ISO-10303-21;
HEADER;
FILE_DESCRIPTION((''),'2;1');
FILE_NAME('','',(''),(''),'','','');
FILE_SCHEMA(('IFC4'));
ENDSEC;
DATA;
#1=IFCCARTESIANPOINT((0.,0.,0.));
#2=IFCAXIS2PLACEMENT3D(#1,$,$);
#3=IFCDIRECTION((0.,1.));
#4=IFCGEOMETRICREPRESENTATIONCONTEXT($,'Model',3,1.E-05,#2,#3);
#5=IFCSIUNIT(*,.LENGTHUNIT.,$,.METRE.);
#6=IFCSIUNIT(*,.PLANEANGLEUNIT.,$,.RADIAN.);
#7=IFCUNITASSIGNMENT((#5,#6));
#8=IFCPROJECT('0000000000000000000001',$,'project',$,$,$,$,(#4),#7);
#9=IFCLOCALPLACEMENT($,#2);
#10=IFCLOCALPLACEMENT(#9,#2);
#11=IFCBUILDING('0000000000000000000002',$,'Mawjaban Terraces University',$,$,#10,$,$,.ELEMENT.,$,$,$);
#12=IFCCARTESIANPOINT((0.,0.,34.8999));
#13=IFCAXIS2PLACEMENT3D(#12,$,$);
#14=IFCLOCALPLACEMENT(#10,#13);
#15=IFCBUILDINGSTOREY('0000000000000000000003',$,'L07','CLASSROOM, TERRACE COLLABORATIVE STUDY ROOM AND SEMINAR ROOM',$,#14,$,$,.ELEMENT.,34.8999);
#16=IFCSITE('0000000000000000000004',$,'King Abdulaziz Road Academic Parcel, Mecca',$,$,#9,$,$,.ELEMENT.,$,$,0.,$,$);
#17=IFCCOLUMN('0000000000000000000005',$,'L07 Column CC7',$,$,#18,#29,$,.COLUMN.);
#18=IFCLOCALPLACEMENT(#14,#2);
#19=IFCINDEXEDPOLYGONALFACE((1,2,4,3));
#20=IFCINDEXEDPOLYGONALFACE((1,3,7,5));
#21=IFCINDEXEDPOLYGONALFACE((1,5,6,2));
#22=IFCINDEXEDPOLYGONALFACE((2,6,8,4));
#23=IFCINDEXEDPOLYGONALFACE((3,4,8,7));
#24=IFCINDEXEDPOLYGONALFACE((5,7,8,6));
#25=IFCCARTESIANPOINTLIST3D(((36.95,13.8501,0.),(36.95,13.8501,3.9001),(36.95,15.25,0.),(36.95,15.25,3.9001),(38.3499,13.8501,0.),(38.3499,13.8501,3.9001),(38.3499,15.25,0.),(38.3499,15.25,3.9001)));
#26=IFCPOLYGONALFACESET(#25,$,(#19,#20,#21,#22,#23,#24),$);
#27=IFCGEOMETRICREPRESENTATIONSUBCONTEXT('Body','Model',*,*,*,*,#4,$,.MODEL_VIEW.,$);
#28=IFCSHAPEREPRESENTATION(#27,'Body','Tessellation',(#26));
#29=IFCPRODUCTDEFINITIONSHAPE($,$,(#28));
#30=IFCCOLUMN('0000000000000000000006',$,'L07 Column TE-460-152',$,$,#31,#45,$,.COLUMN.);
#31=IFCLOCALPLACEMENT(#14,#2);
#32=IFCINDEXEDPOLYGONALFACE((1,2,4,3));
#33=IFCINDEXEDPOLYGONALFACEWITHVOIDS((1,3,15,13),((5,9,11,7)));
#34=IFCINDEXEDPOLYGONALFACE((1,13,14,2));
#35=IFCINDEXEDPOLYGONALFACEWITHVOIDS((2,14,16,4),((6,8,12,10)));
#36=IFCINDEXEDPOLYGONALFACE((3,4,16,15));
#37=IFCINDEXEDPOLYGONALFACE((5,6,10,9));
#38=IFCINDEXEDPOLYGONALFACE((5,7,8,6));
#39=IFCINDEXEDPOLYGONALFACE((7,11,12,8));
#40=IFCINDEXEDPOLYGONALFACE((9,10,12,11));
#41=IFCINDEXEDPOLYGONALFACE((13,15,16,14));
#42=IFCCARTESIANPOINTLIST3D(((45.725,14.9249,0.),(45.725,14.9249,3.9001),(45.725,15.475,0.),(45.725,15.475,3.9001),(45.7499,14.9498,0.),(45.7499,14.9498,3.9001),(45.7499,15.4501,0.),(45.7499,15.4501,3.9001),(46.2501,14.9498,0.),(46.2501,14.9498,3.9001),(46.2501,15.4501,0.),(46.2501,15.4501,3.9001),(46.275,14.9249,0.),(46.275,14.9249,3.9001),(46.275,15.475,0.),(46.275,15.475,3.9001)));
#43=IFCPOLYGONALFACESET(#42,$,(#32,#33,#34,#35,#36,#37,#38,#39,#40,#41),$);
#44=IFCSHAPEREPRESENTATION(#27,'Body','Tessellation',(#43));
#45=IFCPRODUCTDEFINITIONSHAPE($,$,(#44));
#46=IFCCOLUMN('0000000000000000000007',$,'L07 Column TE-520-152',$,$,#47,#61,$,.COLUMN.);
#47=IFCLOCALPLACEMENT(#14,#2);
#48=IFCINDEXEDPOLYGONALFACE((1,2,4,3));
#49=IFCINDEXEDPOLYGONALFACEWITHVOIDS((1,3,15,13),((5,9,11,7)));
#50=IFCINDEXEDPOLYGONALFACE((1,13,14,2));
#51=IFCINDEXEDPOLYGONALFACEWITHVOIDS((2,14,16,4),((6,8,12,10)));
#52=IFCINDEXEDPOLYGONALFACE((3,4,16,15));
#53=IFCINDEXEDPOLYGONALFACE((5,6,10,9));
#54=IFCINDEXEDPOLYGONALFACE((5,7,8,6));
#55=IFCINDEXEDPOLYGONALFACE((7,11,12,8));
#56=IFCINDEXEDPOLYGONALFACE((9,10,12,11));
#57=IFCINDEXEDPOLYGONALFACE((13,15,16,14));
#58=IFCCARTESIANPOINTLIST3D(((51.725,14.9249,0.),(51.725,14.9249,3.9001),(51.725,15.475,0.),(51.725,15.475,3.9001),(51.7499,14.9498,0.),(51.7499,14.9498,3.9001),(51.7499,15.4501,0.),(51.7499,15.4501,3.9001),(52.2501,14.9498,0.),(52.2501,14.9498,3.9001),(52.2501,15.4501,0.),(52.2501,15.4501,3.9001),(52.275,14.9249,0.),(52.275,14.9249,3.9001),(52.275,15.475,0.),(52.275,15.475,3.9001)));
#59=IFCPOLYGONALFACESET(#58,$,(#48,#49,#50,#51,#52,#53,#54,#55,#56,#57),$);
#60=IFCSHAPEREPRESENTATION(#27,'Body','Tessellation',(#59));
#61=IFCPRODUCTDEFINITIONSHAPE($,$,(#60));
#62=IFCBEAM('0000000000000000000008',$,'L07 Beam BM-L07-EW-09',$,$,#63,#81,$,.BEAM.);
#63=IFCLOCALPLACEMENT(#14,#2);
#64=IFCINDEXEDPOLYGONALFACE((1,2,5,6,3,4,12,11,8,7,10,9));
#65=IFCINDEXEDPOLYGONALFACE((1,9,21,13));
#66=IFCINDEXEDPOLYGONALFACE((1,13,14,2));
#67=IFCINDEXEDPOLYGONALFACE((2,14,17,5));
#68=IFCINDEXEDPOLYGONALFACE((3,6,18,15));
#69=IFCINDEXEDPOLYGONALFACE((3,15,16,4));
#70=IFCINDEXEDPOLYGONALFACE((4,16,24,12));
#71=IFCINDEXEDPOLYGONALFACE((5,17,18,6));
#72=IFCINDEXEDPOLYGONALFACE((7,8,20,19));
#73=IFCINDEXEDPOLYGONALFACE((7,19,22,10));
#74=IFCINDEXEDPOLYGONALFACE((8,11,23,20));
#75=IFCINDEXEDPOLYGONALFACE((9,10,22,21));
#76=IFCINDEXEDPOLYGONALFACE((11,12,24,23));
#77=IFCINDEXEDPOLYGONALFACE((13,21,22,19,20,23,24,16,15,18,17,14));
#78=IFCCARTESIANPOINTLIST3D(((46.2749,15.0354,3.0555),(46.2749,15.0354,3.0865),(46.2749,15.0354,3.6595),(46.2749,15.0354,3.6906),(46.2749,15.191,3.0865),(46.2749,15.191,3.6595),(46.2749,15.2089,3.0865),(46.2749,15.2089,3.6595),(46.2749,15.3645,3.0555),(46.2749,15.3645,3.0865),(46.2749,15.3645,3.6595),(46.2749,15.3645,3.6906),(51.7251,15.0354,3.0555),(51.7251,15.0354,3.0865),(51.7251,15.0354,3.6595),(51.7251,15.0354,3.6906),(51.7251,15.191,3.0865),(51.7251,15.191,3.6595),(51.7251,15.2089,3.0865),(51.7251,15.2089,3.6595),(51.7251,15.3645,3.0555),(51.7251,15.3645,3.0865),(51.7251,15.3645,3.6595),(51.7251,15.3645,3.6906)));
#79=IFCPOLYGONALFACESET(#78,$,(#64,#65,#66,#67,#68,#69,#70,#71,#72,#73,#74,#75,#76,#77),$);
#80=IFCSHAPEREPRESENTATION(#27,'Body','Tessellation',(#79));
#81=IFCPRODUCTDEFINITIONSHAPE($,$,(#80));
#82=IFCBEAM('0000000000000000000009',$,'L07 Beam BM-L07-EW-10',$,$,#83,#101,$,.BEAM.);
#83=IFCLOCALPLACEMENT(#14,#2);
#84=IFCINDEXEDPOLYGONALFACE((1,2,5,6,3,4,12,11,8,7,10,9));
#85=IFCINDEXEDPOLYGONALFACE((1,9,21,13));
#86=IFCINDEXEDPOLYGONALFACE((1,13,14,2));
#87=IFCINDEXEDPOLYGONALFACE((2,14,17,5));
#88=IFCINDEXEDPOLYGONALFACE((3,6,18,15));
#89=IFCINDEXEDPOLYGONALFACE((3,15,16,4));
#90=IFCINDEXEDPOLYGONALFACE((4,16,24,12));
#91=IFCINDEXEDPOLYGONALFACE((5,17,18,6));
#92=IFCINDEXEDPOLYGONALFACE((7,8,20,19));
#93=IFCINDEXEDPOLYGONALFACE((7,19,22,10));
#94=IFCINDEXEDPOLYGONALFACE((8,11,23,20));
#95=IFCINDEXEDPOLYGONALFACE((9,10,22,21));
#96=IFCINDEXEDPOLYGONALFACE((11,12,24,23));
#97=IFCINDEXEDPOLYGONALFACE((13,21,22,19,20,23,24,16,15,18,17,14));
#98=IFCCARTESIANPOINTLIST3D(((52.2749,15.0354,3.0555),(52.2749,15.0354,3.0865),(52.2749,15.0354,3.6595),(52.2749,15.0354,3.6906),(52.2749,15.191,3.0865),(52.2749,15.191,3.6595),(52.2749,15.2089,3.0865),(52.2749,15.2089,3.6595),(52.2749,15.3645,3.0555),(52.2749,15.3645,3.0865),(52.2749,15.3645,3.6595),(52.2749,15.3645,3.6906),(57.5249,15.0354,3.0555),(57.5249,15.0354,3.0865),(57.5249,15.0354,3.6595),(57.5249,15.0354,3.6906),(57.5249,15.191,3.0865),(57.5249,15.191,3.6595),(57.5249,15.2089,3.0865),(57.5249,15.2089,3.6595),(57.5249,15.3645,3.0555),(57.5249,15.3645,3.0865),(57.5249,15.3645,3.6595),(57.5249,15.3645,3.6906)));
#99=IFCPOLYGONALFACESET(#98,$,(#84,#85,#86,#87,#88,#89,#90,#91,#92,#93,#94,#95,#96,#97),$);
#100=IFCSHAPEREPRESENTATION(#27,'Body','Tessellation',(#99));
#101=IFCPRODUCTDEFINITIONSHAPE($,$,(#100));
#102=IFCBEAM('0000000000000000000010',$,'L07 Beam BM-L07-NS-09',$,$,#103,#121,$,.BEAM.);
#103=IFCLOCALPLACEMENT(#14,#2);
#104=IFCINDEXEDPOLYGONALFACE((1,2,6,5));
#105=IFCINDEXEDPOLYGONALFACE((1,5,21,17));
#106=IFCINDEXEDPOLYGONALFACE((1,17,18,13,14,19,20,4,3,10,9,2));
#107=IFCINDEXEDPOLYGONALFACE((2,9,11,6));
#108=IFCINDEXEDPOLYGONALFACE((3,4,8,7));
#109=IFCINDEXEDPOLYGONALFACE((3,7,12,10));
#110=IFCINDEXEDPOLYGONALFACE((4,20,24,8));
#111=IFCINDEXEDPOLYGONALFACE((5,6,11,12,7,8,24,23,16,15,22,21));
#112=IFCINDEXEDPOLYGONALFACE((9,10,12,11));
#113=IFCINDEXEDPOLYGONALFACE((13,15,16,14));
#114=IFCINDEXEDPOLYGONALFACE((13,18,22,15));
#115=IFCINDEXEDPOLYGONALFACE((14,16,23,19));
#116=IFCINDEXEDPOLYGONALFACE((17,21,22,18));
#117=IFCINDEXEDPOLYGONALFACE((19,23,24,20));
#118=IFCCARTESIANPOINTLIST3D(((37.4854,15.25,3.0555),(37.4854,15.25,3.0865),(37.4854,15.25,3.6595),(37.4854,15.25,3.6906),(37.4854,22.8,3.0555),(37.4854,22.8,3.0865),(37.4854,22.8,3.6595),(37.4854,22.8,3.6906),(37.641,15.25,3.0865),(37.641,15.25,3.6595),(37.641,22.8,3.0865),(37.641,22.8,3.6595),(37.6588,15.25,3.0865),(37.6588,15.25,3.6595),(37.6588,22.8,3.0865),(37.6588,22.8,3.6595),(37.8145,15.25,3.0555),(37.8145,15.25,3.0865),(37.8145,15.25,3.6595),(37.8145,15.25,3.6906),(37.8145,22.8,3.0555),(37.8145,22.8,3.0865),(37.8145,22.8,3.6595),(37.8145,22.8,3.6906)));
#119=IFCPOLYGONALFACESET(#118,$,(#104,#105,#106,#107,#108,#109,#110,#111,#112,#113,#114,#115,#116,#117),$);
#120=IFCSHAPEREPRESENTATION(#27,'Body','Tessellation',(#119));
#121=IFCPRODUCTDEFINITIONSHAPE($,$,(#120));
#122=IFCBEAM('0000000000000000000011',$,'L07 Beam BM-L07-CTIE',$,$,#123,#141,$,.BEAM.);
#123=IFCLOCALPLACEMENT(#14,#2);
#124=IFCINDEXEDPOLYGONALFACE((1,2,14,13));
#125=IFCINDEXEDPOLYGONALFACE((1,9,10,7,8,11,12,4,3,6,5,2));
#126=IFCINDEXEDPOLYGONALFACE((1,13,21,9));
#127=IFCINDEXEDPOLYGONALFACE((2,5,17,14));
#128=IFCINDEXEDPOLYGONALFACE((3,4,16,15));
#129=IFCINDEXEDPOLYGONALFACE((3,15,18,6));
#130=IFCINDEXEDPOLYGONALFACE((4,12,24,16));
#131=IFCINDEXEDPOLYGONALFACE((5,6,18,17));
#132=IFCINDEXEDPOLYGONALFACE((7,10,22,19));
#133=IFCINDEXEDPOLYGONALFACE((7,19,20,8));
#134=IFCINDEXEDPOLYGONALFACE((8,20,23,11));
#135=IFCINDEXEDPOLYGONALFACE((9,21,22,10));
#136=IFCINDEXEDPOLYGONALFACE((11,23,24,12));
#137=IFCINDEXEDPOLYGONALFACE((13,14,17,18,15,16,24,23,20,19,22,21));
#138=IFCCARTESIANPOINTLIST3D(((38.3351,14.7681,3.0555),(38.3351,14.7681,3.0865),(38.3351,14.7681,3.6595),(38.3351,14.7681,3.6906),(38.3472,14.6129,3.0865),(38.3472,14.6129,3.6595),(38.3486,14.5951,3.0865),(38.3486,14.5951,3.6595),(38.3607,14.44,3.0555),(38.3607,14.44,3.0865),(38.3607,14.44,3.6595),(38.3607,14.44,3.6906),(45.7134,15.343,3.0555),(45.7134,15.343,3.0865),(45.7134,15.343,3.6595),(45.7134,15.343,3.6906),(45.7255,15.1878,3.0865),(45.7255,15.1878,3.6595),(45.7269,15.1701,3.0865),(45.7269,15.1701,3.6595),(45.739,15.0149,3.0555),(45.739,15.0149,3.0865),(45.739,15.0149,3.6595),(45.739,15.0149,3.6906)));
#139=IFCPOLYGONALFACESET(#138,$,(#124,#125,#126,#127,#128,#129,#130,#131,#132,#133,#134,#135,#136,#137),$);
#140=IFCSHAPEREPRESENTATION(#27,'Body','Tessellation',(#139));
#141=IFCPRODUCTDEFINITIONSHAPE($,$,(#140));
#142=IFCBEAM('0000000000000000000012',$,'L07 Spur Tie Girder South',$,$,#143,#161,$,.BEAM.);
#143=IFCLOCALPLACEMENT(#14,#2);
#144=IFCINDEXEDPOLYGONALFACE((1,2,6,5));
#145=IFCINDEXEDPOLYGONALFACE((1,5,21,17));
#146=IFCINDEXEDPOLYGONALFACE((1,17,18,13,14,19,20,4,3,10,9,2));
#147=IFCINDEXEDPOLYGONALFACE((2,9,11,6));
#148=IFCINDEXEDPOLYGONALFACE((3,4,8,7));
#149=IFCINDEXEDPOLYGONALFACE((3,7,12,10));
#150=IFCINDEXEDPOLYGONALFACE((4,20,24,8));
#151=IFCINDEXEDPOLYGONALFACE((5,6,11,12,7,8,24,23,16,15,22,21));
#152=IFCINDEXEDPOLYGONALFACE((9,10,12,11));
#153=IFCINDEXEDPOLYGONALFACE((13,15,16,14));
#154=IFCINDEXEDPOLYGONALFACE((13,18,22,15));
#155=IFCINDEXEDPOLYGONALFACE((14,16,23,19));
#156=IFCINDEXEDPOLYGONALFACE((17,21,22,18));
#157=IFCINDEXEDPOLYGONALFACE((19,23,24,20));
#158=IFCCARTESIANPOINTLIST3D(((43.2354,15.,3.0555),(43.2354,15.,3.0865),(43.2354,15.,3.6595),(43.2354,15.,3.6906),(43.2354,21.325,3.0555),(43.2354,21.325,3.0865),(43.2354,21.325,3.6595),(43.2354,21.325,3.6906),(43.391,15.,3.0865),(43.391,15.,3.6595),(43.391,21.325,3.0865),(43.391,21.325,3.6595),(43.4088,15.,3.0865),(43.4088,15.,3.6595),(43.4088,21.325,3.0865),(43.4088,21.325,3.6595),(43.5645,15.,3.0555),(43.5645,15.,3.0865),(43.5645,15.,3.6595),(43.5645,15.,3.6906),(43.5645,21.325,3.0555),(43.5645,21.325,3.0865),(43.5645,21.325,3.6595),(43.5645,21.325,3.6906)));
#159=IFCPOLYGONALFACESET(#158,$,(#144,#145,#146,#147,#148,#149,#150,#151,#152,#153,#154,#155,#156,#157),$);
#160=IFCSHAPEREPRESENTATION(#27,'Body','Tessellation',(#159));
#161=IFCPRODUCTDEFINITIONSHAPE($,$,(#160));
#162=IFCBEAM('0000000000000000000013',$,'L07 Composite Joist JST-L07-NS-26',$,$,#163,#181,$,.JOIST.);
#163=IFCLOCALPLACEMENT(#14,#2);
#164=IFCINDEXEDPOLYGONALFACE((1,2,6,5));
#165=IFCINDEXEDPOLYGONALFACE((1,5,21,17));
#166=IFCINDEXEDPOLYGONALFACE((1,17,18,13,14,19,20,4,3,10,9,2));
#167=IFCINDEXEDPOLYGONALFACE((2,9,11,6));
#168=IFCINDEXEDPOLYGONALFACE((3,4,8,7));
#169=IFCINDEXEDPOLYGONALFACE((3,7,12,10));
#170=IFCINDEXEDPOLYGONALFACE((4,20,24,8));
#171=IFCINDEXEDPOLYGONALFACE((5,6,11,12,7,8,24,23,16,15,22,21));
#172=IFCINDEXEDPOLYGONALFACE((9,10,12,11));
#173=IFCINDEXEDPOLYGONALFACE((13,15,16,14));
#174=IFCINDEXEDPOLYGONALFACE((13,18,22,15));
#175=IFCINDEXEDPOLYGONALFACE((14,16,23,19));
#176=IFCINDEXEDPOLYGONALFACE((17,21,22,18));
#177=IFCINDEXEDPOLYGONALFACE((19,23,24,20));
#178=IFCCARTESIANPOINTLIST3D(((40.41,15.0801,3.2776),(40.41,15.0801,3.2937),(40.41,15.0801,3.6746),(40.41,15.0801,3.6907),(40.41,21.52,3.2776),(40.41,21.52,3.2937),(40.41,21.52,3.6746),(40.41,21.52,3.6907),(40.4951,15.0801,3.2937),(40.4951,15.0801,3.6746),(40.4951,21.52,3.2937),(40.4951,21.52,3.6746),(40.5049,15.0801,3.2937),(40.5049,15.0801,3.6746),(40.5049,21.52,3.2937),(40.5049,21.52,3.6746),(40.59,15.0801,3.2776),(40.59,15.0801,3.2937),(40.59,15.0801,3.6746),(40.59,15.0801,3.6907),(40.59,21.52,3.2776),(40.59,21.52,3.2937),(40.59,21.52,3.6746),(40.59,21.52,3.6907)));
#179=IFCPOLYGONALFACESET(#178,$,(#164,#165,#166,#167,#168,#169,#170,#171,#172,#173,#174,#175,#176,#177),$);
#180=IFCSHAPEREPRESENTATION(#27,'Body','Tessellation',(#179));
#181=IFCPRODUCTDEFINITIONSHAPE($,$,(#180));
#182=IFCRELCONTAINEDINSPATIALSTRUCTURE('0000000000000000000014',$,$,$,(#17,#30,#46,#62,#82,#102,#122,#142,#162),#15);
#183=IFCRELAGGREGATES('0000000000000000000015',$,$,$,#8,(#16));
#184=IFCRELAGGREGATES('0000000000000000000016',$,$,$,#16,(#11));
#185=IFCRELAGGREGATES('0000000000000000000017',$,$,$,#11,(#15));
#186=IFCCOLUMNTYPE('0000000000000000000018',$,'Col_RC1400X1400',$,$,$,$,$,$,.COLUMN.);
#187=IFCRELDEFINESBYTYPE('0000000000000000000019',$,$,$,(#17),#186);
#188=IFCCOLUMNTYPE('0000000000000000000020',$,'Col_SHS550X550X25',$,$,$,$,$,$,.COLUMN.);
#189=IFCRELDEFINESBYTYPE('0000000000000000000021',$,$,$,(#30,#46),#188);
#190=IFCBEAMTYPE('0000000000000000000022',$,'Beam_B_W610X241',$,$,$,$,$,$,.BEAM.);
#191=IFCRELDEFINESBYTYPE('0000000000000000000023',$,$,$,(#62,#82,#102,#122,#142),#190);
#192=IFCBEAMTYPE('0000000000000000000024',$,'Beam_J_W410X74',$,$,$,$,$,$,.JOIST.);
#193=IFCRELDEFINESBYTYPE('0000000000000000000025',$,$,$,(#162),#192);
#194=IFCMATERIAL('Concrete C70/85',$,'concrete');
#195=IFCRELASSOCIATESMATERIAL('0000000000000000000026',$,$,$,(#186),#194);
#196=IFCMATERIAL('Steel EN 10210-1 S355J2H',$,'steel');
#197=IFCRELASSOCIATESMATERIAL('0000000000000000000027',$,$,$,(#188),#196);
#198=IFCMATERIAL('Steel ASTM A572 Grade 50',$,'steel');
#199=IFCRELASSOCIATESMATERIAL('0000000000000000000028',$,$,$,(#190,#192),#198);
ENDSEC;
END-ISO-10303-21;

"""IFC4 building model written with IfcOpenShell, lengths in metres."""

from ifc_helpers import new_model, si_unit, direction, frame, origin, origin_2d, place, context, subcontext, project, spatial, rectangle, hollow_rectangle, i_section, extrude, material, material_profile, profile_set, type_object, element, save


model = new_model("IFC4")

# Units and contexts
model_context = context("Model", 3, precision=1e-05, world=origin(), true_north=direction((0.0, 1.0)))
body_context = subcontext(model_context, "Body", "Model", "MODEL_VIEW")
ifc_project = project(units=[si_unit("LENGTHUNIT", "METRE"), si_unit("PLANEANGLEUNIT", "RADIAN")], contexts=[model_context])

# Site, building, storey
site_placement = place(None, origin())
site = spatial("IfcSite", under=ifc_project, at=site_placement, Name="King Abdulaziz Road Academic Parcel, Mecca", CompositionType="ELEMENT", RefElevation=0.0)
building_placement = place(site_placement, origin())
building = spatial("IfcBuilding", under=site, at=building_placement, Name="Mawjaban Terraces University", CompositionType="ELEMENT")
storey_placement = place(building_placement, frame((0.0, 0.0, 34.8999)))
storey = spatial("IfcBuildingStorey", under=building, at=storey_placement, Name="L07", Description="CLASSROOM, TERRACE COLLABORATIVE STUDY ROOM AND SEMINAR ROOM", CompositionType="ELEMENT", Elevation=34.8999)

# Columns
ifc_material_1 = material(Name="Concrete C70/85", Category="concrete")
ifc_material_profile_1 = material_profile(ifc_material_1, rectangle(XDim=1.3999, YDim=1.3999, at=origin_2d()), Name="RC1400X1400")
ifc_profile_set_1 = profile_set([ifc_material_profile_1], Name="Concrete C70/85")
column_type_1 = type_object("IfcColumnType", Name="Col_RC1400X1400", PredefinedType="COLUMN", material=ifc_profile_set_1)
column_placement = place(storey_placement, frame((37.6499, 14.55, 0.0), z_axis=(0.0, 0.0, 1.0), x_axis=(1.0, 0.0, 0.0)))
element("IfcColumn", 1, at=column_placement, inside=storey, type_object=column_type_1, Name="L07 Column CC7", PredefinedType="COLUMN", context=body_context, shape_type="SweptSolid", body=[
    extrude(rectangle(XDim=1.3999, YDim=1.3999, at=origin_2d()), origin(), (0.0, 0.0, 1.0), 3.9001),
])
ifc_material_2 = material(Name="Steel EN 10210-1 S355J2H", Category="steel")
ifc_material_profile_2 = material_profile(ifc_material_2, hollow_rectangle(XDim=0.55, YDim=0.55, WallThickness=0.0249, at=origin_2d()), Name="SHS550X550X25")
ifc_profile_set_2 = profile_set([ifc_material_profile_2], Name="Steel EN 10210-1 S355J2H")
column_type_2 = type_object("IfcColumnType", Name="Col_SHS550X550X25", PredefinedType="COLUMN", material=ifc_profile_set_2)
for number, where, z_axis, x_axis, name in (
    (2, (46.0, 15.2, 0.0), (0.0, 0.0, 1.0), (1.0, 0.0, 0.0), "L07 Column TE-460-152"),
    (3, (52.0, 15.2, 0.0), (0.0, 0.0, 1.0), (1.0, 0.0, 0.0), "L07 Column TE-520-152"),
):
    element("IfcColumn", number, at=place(storey_placement, frame(where, z_axis=z_axis, x_axis=x_axis)), inside=storey, type_object=column_type_2, Name=name, PredefinedType="COLUMN", context=body_context, shape_type="SweptSolid", body=[
        extrude(hollow_rectangle(XDim=0.55, YDim=0.55, WallThickness=0.0249, at=origin_2d()), origin(), (0.0, 0.0, 1.0), 3.9001),
    ])

# Beams
ifc_material_3 = material(Name="Steel ASTM A572 Grade 50", Category="steel")
ifc_material_profile_3 = material_profile(ifc_material_3, i_section(OverallWidth=0.3291, OverallDepth=0.635, WebThickness=0.0178, FlangeThickness=0.031, at=origin_2d()), Name="W610X241")
ifc_profile_set_3 = profile_set([ifc_material_profile_3], Name="Steel ASTM A572 Grade 50")
beam_type_1 = type_object("IfcBeamType", Name="Beam_B_W610X241", PredefinedType="BEAM", material=ifc_profile_set_3)
beam_1_placement = place(storey_placement, frame((46.2749, 15.2, 3.373), z_axis=(1.0, 0.0, 0.0), x_axis=(0.0, 1.0, 0.0)))
element("IfcBeam", 4, at=beam_1_placement, inside=storey, type_object=beam_type_1, Name="L07 Beam BM-L07-EW-09", PredefinedType="BEAM", context=body_context, shape_type="SweptSolid", body=[
    extrude(i_section(OverallWidth=0.3291, OverallDepth=0.635, WebThickness=0.0178, FlangeThickness=0.031, at=origin_2d()), origin(), (0.0, 0.0, 1.0), 5.4502),
])
beam_2_placement = place(storey_placement, frame((52.2749, 15.2, 3.373), z_axis=(1.0, 0.0, 0.0), x_axis=(0.0, 1.0, 0.0)))
element("IfcBeam", 5, at=beam_2_placement, inside=storey, type_object=beam_type_1, Name="L07 Beam BM-L07-EW-10", PredefinedType="BEAM", context=body_context, shape_type="SweptSolid", body=[
    extrude(i_section(OverallWidth=0.3291, OverallDepth=0.635, WebThickness=0.0178, FlangeThickness=0.031, at=origin_2d()), origin(), (0.0, 0.0, 1.0), 5.25),
])
beam_3_placement = place(storey_placement, frame((37.6499, 15.25, 3.373), z_axis=(0.0, 1.0, 0.0), x_axis=(-1.0, 0.0, 0.0)))
element("IfcBeam", 6, at=beam_3_placement, inside=storey, type_object=beam_type_1, Name="L07 Beam BM-L07-NS-09", PredefinedType="BEAM", context=body_context, shape_type="SweptSolid", body=[
    extrude(i_section(OverallWidth=0.3291, OverallDepth=0.635, WebThickness=0.0178, FlangeThickness=0.031, at=origin_2d()), origin(), (0.0, 0.0, 1.0), 7.55),
])
beam_4_placement = place(storey_placement, frame((38.3479, 14.604, 3.373), z_axis=(0.996978, 0.07769, 0.0), x_axis=(-0.07769, 0.996978, 0.0)))
element("IfcBeam", 7, at=beam_4_placement, inside=storey, type_object=beam_type_1, Name="L07 Beam BM-L07-CTIE", PredefinedType="BEAM", context=body_context, shape_type="SweptSolid", body=[
    extrude(i_section(OverallWidth=0.3291, OverallDepth=0.635, WebThickness=0.0178, FlangeThickness=0.031, at=origin_2d()), origin(), (0.0, 0.0, 1.0), 7.4006),
])
beam_5_placement = place(storey_placement, frame((43.3999, 15.0, 3.373), z_axis=(0.0, 1.0, 0.0), x_axis=(-1.0, 0.0, 0.0)))
element("IfcBeam", 8, at=beam_5_placement, inside=storey, type_object=beam_type_1, Name="L07 Spur Tie Girder South", PredefinedType="BEAM", context=body_context, shape_type="SweptSolid", body=[
    extrude(i_section(OverallWidth=0.3291, OverallDepth=0.635, WebThickness=0.0178, FlangeThickness=0.031, at=origin_2d()), origin(), (0.0, 0.0, 1.0), 6.325),
])
ifc_material_profile_4 = material_profile(ifc_material_3, i_section(OverallWidth=0.1799, OverallDepth=0.4131, WebThickness=0.0098, FlangeThickness=0.0161, at=origin_2d()), Name="W410X74")
ifc_profile_set_4 = profile_set([ifc_material_profile_4], Name="Steel ASTM A572 Grade 50")
beam_type_2 = type_object("IfcBeamType", Name="Beam_J_W410X74", PredefinedType="JOIST", material=ifc_profile_set_4)
beam_6_placement = place(storey_placement, frame((40.5, 15.0801, 3.4841), z_axis=(0.0, 1.0, 0.0), x_axis=(-1.0, 0.0, 0.0)))
element("IfcBeam", 9, at=beam_6_placement, inside=storey, type_object=beam_type_2, Name="L07 Composite Joist JST-L07-NS-26", PredefinedType="JOIST", context=body_context, shape_type="SweptSolid", body=[
    extrude(i_section(OverallWidth=0.1799, OverallDepth=0.4131, WebThickness=0.0098, FlangeThickness=0.0161, at=origin_2d()), origin(), (0.0, 0.0, 1.0), 6.4399),
])

save(model, "model.ifc")
